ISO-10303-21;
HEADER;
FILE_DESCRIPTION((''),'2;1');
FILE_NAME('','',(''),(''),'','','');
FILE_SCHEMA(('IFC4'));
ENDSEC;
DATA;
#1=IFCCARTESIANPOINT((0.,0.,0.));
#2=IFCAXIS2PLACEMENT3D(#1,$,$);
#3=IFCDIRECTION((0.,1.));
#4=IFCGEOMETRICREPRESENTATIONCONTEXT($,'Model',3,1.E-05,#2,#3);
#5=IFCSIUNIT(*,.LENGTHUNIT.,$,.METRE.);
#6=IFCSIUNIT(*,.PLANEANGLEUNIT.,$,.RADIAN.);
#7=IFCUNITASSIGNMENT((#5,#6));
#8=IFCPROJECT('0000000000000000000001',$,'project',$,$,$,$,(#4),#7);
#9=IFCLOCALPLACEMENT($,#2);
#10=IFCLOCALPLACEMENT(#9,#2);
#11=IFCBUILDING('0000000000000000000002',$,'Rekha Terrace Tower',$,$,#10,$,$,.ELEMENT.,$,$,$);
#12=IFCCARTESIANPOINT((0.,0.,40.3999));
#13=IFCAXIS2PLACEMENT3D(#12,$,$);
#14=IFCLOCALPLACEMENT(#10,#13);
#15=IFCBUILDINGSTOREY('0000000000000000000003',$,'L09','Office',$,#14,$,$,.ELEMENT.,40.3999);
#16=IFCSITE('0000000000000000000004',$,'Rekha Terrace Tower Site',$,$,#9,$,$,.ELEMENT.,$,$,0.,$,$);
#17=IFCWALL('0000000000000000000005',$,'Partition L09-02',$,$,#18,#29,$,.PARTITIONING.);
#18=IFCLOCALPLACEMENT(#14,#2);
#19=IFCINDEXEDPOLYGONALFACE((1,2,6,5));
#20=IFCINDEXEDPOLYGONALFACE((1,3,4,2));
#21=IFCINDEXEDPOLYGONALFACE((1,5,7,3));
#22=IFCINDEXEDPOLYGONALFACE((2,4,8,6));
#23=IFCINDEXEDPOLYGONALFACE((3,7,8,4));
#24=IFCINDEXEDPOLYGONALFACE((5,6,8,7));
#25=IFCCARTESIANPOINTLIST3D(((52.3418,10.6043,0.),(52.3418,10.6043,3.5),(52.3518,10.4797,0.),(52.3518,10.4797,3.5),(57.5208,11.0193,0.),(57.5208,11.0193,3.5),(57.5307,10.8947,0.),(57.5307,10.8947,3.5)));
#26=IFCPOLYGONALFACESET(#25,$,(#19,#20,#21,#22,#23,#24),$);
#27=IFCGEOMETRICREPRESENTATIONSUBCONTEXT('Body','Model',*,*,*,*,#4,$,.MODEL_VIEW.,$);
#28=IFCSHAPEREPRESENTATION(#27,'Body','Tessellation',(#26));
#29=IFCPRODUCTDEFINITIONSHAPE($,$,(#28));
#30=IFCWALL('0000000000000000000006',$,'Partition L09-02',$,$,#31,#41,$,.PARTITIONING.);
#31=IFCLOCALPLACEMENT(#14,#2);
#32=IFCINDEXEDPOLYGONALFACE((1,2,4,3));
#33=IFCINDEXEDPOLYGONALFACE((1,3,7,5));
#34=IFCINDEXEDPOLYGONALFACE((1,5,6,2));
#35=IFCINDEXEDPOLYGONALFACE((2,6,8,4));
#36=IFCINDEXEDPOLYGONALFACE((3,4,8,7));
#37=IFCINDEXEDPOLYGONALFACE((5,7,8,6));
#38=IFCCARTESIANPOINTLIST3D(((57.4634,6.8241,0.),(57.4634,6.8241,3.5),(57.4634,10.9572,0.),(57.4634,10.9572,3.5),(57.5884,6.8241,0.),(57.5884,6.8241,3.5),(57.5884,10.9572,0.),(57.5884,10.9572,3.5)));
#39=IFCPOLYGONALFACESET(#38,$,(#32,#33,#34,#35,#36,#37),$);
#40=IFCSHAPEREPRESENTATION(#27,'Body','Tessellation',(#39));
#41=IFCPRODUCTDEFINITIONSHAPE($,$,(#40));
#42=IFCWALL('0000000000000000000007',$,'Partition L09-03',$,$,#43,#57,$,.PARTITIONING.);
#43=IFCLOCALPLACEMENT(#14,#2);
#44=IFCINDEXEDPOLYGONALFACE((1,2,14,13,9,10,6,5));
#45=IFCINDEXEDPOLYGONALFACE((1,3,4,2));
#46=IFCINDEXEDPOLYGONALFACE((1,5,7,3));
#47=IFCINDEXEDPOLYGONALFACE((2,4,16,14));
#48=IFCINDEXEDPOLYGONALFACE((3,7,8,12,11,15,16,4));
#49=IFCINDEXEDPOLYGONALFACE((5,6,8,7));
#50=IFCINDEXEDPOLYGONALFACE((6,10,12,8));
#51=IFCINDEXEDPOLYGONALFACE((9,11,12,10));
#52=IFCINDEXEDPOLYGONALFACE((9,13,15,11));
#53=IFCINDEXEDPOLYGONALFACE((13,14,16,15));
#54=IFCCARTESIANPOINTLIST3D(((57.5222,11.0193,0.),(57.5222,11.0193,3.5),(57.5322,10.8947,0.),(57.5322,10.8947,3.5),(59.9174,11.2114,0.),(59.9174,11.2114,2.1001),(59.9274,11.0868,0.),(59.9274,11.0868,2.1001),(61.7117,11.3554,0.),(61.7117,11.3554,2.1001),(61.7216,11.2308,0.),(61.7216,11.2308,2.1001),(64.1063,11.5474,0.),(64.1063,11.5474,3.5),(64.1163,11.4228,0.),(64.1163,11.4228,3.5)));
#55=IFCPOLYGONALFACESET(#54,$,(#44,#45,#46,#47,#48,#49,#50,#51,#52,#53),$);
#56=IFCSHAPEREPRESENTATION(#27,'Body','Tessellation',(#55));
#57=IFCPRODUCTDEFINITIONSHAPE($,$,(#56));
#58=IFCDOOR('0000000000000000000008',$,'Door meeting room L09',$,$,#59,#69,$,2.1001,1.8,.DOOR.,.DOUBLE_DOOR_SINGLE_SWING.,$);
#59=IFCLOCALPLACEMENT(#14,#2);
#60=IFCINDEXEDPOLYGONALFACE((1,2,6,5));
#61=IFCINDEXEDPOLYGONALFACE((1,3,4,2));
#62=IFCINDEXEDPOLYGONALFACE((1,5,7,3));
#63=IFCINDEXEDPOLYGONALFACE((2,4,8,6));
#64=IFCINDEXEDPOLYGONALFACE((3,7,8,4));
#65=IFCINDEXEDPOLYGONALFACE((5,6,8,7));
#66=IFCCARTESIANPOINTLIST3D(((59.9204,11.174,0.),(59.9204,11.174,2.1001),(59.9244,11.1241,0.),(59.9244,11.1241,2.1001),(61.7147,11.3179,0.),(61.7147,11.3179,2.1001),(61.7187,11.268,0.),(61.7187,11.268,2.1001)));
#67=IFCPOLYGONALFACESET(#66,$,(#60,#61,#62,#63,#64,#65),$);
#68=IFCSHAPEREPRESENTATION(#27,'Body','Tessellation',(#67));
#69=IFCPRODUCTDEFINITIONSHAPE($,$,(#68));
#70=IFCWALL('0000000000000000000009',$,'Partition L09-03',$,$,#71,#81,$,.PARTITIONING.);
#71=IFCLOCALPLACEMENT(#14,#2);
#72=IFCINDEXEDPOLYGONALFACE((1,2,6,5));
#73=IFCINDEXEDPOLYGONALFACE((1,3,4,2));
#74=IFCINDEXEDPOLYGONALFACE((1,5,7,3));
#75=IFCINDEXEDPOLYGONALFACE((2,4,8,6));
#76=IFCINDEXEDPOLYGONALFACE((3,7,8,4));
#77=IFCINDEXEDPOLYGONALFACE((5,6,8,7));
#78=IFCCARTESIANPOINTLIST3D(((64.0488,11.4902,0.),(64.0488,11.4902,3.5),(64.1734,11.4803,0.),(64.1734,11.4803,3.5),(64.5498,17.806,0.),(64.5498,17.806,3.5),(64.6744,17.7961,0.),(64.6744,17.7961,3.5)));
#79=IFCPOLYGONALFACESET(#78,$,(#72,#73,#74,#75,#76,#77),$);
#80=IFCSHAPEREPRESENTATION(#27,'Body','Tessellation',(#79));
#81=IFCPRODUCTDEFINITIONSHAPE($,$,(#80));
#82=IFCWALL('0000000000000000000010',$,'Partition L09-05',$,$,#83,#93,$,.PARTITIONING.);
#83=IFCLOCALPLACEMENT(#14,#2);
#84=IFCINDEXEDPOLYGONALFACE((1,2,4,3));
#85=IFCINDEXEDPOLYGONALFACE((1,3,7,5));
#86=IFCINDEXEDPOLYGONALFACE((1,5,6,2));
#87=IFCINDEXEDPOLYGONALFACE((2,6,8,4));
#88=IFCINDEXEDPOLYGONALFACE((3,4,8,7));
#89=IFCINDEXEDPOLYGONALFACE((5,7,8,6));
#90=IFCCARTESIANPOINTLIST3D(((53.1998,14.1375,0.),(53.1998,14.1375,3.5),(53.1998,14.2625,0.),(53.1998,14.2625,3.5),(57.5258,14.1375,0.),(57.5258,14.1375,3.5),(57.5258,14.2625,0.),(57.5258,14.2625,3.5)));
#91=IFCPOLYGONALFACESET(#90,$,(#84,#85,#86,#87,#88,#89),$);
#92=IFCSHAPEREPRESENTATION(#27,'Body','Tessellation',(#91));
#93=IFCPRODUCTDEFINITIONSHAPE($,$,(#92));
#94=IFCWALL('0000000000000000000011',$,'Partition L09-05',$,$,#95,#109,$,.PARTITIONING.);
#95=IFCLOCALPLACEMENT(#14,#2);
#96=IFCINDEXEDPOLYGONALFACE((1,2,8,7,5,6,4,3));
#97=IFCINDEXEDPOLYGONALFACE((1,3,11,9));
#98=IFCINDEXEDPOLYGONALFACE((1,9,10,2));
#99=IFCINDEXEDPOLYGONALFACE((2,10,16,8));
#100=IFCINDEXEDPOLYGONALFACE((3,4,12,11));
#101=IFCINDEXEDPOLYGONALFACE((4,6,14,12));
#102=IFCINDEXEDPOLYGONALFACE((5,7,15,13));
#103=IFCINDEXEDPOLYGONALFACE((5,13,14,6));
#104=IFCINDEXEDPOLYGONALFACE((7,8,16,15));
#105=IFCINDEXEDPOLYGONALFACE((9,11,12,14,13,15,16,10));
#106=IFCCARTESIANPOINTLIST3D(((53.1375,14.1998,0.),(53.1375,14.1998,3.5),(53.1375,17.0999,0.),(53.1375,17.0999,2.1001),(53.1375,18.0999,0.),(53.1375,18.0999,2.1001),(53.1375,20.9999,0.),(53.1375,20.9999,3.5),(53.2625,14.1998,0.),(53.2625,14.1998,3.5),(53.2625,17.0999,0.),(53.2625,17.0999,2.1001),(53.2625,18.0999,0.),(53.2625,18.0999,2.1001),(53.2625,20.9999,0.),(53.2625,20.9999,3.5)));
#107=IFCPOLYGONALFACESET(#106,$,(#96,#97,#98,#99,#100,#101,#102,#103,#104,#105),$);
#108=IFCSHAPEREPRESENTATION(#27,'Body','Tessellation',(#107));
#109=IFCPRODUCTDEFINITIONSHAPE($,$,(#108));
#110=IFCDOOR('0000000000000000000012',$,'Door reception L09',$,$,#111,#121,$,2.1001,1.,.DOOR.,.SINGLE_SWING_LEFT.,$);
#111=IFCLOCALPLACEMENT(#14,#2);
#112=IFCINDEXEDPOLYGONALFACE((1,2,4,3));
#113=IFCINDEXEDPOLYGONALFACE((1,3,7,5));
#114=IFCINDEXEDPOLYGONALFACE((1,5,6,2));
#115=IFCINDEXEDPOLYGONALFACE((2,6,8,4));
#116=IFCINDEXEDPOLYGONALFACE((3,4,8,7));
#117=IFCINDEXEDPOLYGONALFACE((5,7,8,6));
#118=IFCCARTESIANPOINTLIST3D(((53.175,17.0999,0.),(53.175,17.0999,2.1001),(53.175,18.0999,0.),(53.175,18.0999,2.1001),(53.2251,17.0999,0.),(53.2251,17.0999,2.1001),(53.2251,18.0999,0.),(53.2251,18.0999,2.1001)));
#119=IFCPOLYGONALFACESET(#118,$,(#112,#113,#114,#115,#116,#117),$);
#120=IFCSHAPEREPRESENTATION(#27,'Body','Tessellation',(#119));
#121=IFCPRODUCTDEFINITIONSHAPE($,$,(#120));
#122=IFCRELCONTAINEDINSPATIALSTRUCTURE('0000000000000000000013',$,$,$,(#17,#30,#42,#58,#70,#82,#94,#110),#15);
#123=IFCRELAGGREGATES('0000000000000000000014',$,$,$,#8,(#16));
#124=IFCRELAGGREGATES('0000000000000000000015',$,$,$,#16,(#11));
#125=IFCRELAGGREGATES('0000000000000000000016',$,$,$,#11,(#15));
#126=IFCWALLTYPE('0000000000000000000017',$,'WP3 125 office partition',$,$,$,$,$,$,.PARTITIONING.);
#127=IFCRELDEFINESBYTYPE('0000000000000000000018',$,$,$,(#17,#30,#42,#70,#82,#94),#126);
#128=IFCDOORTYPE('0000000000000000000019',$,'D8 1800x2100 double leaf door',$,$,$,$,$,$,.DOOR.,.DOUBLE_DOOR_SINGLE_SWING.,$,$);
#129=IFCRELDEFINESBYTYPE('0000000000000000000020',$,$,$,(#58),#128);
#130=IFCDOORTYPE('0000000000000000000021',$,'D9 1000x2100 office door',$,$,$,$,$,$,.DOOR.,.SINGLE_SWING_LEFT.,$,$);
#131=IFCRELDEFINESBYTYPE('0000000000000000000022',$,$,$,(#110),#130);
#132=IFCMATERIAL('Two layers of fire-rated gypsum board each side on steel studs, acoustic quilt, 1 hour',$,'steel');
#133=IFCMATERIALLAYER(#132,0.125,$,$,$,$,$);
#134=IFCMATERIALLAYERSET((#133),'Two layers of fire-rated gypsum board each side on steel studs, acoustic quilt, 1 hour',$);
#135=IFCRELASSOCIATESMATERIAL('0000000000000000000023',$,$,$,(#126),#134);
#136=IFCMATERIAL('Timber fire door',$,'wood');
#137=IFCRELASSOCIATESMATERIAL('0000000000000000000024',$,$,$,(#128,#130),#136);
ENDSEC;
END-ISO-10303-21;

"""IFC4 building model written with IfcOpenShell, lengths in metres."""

from ifc_helpers import new_model, si_unit, direction, frame, frame_2d, origin, place, context, subcontext, project, spatial, rectangle, extrude, material, layer, layer_set, type_object, element, fill, save


model = new_model("IFC4")

# Units and contexts
model_context = context("Model", 3, precision=1e-05, world=origin(), true_north=direction((0.0, 1.0)))
body_context = subcontext(model_context, "Body", "Model", "MODEL_VIEW")
ifc_project = project(units=[si_unit("LENGTHUNIT", "METRE"), si_unit("PLANEANGLEUNIT", "RADIAN")], contexts=[model_context])

# Site, building, storey
site_placement = place(None, origin())
site = spatial("IfcSite", under=ifc_project, at=site_placement, Name="Rekha Terrace Tower Site", CompositionType="ELEMENT", RefElevation=0.0)
building_placement = place(site_placement, origin())
building = spatial("IfcBuilding", under=site, at=building_placement, Name="Rekha Terrace Tower", CompositionType="ELEMENT")
storey_placement = place(building_placement, frame((0.0, 0.0, 40.3999)))
storey = spatial("IfcBuildingStorey", under=building, at=storey_placement, Name="L09", Description="Office", CompositionType="ELEMENT", Elevation=40.3999)

# Walls
ifc_material_1 = material(Name="Two layers of fire-rated gypsum board each side on steel studs, acoustic quilt, 1 hour", Category="steel")
ifc_layer_1 = layer(ifc_material_1, 0.125)
ifc_layer_set_1 = layer_set([ifc_layer_1], Name="Two layers of fire-rated gypsum board each side on steel studs, acoustic quilt, 1 hour")
wall_type_1 = type_object("IfcWallType", Name="WP3 125 office partition", PredefinedType="PARTITIONING", material=ifc_layer_set_1)
wall_1_placement = place(storey_placement, frame((52.3469, 10.542, 0.0), z_axis=(0.0, 0.0, 1.0), x_axis=(0.996804, 0.079883, 0.0)))
element("IfcWall", 1, at=wall_1_placement, inside=storey, type_object=wall_type_1, Name="Partition L09-02", PredefinedType="PARTITIONING", context=body_context, shape_type="SweptSolid", body=[
    extrude(rectangle(XDim=5.1956, YDim=0.125, at=frame_2d((2.5977, 0.0))), origin(), (0.0, 0.0, 1.0), 3.5),
])
wall_2_placement = place(storey_placement, frame((57.5259, 10.957, 0.0), z_axis=(0.0, 0.0, 1.0), x_axis=(0.0, -1.0, 0.0)))
element("IfcWall", 2, at=wall_2_placement, inside=storey, type_object=wall_type_1, Name="Partition L09-02", PredefinedType="PARTITIONING", context=body_context, shape_type="SweptSolid", body=[
    extrude(rectangle(XDim=4.1331, YDim=0.125, at=frame_2d((2.0664, 0.0))), origin(), (0.0, 0.0, 1.0), 3.5),
])

# Wall, opening, door
wall_3_placement = place(storey_placement, frame((57.5271, 10.957, 0.0), z_axis=(0.0, 0.0, 1.0), x_axis=(0.996799, 0.079949, 0.0)))
wall_3 = element("IfcWall", 3, at=wall_3_placement, inside=storey, type_object=wall_type_1, Name="Partition L09-03", PredefinedType="PARTITIONING", context=body_context, shape_type="SweptSolid", body=[
    extrude(rectangle(XDim=6.6052, YDim=0.125, at=frame_2d((3.3027, 0.0))), origin(), (0.0, 0.0, 1.0), 3.5),
])
opening_1_placement = place(wall_3_placement, frame((2.4031, 0.0, 0.0)))
opening_1 = element("IfcOpeningElement", 4, at=opening_1_placement, cuts=wall_3, PredefinedType="OPENING", context=body_context, shape_type="SweptSolid", body=[
    extrude(rectangle(XDim=1.8, YDim=2.1001, at=frame_2d((0.8999, 1.05))), frame((0.0, 0.0725, 0.0), z_axis=(0.0, -1.0, 0.0), x_axis=(1.0, 0.0, 0.0)), (0.0, 0.0, 1.0), 0.145),
])
ifc_material_2 = material(Name="Timber fire door", Category="wood")
door_type_1 = type_object("IfcDoorType", Name="D8 1800x2100 double leaf door", OperationType="DOUBLE_DOOR_SINGLE_SWING", PredefinedType="DOOR", material=ifc_material_2)
door_1_placement = place(opening_1_placement, origin())
door_1 = element("IfcDoor", 5, at=door_1_placement, inside=storey, type_object=door_type_1, Name="Door meeting room L09", OperationType="DOUBLE_DOOR_SINGLE_SWING", OverallHeight=2.1001, OverallWidth=1.8, PredefinedType="DOOR", context=body_context, shape_type="SweptSolid", body=[
    extrude(rectangle(XDim=1.8, YDim=2.1001, at=frame_2d((0.8999, 1.05))), frame((0.0, 0.0249, 0.0), z_axis=(0.0, -1.0, 0.0), x_axis=(1.0, 0.0, 0.0)), (0.0, 0.0, 1.0), 0.05),
])
fill(opening_1, door_1)

# Walls
wall_4_placement = place(storey_placement, frame((64.1111, 11.4851, 0.0), z_axis=(0.0, 0.0, 1.0), x_axis=(0.079071, 0.996869, 0.0)))
element("IfcWall", 6, at=wall_4_placement, inside=storey, type_object=wall_type_1, Name="Partition L09-03", PredefinedType="PARTITIONING", context=body_context, shape_type="SweptSolid", body=[
    extrude(rectangle(XDim=6.3357, YDim=0.125, at=frame_2d((3.168, 0.0))), origin(), (0.0, 0.0, 1.0), 3.5),
])
wall_5_placement = place(storey_placement, frame((57.5259, 14.2, 0.0), z_axis=(0.0, 0.0, 1.0), x_axis=(-1.0, 0.0, 0.0)))
element("IfcWall", 7, at=wall_5_placement, inside=storey, type_object=wall_type_1, Name="Partition L09-05", PredefinedType="PARTITIONING", context=body_context, shape_type="SweptSolid", body=[
    extrude(rectangle(XDim=4.3259, YDim=0.125, at=frame_2d((2.1631, 0.0))), origin(), (0.0, 0.0, 1.0), 3.5),
])

# Wall, opening, door
wall_6_placement = place(storey_placement, frame((53.2, 14.2, 0.0), z_axis=(0.0, 0.0, 1.0), x_axis=(0.0, 1.0, 0.0)))
wall_6 = element("IfcWall", 8, at=wall_6_placement, inside=storey, type_object=wall_type_1, Name="Partition L09-05", PredefinedType="PARTITIONING", context=body_context, shape_type="SweptSolid", body=[
    extrude(rectangle(XDim=6.8, YDim=0.125, at=frame_2d((3.3999, 0.0))), origin(), (0.0, 0.0, 1.0), 3.5),
])
opening_2_placement = place(wall_6_placement, frame((2.8999, 0.0, 0.0)))
opening_2 = element("IfcOpeningElement", 9, at=opening_2_placement, cuts=wall_6, PredefinedType="OPENING", context=body_context, shape_type="SweptSolid", body=[
    extrude(rectangle(XDim=1.0, YDim=2.1001, at=frame_2d((0.5, 1.05))), frame((0.0, 0.0725, 0.0), z_axis=(0.0, -1.0, 0.0), x_axis=(1.0, 0.0, 0.0)), (0.0, 0.0, 1.0), 0.145),
])
door_type_2 = type_object("IfcDoorType", Name="D9 1000x2100 office door", OperationType="SINGLE_SWING_LEFT", PredefinedType="DOOR", material=ifc_material_2)
door_2_placement = place(opening_2_placement, origin())
door_2 = element("IfcDoor", 10, at=door_2_placement, inside=storey, type_object=door_type_2, Name="Door reception L09", OperationType="SINGLE_SWING_LEFT", OverallHeight=2.1001, OverallWidth=1.0, PredefinedType="DOOR", context=body_context, shape_type="SweptSolid", body=[
    extrude(rectangle(XDim=1.0, YDim=2.1001, at=frame_2d((0.5, 1.05))), frame((0.0, 0.0249, 0.0), z_axis=(0.0, -1.0, 0.0), x_axis=(1.0, 0.0, 0.0)), (0.0, 0.0, 1.0), 0.05),
])
fill(opening_2, door_2)

save(model, "model.ifc")
